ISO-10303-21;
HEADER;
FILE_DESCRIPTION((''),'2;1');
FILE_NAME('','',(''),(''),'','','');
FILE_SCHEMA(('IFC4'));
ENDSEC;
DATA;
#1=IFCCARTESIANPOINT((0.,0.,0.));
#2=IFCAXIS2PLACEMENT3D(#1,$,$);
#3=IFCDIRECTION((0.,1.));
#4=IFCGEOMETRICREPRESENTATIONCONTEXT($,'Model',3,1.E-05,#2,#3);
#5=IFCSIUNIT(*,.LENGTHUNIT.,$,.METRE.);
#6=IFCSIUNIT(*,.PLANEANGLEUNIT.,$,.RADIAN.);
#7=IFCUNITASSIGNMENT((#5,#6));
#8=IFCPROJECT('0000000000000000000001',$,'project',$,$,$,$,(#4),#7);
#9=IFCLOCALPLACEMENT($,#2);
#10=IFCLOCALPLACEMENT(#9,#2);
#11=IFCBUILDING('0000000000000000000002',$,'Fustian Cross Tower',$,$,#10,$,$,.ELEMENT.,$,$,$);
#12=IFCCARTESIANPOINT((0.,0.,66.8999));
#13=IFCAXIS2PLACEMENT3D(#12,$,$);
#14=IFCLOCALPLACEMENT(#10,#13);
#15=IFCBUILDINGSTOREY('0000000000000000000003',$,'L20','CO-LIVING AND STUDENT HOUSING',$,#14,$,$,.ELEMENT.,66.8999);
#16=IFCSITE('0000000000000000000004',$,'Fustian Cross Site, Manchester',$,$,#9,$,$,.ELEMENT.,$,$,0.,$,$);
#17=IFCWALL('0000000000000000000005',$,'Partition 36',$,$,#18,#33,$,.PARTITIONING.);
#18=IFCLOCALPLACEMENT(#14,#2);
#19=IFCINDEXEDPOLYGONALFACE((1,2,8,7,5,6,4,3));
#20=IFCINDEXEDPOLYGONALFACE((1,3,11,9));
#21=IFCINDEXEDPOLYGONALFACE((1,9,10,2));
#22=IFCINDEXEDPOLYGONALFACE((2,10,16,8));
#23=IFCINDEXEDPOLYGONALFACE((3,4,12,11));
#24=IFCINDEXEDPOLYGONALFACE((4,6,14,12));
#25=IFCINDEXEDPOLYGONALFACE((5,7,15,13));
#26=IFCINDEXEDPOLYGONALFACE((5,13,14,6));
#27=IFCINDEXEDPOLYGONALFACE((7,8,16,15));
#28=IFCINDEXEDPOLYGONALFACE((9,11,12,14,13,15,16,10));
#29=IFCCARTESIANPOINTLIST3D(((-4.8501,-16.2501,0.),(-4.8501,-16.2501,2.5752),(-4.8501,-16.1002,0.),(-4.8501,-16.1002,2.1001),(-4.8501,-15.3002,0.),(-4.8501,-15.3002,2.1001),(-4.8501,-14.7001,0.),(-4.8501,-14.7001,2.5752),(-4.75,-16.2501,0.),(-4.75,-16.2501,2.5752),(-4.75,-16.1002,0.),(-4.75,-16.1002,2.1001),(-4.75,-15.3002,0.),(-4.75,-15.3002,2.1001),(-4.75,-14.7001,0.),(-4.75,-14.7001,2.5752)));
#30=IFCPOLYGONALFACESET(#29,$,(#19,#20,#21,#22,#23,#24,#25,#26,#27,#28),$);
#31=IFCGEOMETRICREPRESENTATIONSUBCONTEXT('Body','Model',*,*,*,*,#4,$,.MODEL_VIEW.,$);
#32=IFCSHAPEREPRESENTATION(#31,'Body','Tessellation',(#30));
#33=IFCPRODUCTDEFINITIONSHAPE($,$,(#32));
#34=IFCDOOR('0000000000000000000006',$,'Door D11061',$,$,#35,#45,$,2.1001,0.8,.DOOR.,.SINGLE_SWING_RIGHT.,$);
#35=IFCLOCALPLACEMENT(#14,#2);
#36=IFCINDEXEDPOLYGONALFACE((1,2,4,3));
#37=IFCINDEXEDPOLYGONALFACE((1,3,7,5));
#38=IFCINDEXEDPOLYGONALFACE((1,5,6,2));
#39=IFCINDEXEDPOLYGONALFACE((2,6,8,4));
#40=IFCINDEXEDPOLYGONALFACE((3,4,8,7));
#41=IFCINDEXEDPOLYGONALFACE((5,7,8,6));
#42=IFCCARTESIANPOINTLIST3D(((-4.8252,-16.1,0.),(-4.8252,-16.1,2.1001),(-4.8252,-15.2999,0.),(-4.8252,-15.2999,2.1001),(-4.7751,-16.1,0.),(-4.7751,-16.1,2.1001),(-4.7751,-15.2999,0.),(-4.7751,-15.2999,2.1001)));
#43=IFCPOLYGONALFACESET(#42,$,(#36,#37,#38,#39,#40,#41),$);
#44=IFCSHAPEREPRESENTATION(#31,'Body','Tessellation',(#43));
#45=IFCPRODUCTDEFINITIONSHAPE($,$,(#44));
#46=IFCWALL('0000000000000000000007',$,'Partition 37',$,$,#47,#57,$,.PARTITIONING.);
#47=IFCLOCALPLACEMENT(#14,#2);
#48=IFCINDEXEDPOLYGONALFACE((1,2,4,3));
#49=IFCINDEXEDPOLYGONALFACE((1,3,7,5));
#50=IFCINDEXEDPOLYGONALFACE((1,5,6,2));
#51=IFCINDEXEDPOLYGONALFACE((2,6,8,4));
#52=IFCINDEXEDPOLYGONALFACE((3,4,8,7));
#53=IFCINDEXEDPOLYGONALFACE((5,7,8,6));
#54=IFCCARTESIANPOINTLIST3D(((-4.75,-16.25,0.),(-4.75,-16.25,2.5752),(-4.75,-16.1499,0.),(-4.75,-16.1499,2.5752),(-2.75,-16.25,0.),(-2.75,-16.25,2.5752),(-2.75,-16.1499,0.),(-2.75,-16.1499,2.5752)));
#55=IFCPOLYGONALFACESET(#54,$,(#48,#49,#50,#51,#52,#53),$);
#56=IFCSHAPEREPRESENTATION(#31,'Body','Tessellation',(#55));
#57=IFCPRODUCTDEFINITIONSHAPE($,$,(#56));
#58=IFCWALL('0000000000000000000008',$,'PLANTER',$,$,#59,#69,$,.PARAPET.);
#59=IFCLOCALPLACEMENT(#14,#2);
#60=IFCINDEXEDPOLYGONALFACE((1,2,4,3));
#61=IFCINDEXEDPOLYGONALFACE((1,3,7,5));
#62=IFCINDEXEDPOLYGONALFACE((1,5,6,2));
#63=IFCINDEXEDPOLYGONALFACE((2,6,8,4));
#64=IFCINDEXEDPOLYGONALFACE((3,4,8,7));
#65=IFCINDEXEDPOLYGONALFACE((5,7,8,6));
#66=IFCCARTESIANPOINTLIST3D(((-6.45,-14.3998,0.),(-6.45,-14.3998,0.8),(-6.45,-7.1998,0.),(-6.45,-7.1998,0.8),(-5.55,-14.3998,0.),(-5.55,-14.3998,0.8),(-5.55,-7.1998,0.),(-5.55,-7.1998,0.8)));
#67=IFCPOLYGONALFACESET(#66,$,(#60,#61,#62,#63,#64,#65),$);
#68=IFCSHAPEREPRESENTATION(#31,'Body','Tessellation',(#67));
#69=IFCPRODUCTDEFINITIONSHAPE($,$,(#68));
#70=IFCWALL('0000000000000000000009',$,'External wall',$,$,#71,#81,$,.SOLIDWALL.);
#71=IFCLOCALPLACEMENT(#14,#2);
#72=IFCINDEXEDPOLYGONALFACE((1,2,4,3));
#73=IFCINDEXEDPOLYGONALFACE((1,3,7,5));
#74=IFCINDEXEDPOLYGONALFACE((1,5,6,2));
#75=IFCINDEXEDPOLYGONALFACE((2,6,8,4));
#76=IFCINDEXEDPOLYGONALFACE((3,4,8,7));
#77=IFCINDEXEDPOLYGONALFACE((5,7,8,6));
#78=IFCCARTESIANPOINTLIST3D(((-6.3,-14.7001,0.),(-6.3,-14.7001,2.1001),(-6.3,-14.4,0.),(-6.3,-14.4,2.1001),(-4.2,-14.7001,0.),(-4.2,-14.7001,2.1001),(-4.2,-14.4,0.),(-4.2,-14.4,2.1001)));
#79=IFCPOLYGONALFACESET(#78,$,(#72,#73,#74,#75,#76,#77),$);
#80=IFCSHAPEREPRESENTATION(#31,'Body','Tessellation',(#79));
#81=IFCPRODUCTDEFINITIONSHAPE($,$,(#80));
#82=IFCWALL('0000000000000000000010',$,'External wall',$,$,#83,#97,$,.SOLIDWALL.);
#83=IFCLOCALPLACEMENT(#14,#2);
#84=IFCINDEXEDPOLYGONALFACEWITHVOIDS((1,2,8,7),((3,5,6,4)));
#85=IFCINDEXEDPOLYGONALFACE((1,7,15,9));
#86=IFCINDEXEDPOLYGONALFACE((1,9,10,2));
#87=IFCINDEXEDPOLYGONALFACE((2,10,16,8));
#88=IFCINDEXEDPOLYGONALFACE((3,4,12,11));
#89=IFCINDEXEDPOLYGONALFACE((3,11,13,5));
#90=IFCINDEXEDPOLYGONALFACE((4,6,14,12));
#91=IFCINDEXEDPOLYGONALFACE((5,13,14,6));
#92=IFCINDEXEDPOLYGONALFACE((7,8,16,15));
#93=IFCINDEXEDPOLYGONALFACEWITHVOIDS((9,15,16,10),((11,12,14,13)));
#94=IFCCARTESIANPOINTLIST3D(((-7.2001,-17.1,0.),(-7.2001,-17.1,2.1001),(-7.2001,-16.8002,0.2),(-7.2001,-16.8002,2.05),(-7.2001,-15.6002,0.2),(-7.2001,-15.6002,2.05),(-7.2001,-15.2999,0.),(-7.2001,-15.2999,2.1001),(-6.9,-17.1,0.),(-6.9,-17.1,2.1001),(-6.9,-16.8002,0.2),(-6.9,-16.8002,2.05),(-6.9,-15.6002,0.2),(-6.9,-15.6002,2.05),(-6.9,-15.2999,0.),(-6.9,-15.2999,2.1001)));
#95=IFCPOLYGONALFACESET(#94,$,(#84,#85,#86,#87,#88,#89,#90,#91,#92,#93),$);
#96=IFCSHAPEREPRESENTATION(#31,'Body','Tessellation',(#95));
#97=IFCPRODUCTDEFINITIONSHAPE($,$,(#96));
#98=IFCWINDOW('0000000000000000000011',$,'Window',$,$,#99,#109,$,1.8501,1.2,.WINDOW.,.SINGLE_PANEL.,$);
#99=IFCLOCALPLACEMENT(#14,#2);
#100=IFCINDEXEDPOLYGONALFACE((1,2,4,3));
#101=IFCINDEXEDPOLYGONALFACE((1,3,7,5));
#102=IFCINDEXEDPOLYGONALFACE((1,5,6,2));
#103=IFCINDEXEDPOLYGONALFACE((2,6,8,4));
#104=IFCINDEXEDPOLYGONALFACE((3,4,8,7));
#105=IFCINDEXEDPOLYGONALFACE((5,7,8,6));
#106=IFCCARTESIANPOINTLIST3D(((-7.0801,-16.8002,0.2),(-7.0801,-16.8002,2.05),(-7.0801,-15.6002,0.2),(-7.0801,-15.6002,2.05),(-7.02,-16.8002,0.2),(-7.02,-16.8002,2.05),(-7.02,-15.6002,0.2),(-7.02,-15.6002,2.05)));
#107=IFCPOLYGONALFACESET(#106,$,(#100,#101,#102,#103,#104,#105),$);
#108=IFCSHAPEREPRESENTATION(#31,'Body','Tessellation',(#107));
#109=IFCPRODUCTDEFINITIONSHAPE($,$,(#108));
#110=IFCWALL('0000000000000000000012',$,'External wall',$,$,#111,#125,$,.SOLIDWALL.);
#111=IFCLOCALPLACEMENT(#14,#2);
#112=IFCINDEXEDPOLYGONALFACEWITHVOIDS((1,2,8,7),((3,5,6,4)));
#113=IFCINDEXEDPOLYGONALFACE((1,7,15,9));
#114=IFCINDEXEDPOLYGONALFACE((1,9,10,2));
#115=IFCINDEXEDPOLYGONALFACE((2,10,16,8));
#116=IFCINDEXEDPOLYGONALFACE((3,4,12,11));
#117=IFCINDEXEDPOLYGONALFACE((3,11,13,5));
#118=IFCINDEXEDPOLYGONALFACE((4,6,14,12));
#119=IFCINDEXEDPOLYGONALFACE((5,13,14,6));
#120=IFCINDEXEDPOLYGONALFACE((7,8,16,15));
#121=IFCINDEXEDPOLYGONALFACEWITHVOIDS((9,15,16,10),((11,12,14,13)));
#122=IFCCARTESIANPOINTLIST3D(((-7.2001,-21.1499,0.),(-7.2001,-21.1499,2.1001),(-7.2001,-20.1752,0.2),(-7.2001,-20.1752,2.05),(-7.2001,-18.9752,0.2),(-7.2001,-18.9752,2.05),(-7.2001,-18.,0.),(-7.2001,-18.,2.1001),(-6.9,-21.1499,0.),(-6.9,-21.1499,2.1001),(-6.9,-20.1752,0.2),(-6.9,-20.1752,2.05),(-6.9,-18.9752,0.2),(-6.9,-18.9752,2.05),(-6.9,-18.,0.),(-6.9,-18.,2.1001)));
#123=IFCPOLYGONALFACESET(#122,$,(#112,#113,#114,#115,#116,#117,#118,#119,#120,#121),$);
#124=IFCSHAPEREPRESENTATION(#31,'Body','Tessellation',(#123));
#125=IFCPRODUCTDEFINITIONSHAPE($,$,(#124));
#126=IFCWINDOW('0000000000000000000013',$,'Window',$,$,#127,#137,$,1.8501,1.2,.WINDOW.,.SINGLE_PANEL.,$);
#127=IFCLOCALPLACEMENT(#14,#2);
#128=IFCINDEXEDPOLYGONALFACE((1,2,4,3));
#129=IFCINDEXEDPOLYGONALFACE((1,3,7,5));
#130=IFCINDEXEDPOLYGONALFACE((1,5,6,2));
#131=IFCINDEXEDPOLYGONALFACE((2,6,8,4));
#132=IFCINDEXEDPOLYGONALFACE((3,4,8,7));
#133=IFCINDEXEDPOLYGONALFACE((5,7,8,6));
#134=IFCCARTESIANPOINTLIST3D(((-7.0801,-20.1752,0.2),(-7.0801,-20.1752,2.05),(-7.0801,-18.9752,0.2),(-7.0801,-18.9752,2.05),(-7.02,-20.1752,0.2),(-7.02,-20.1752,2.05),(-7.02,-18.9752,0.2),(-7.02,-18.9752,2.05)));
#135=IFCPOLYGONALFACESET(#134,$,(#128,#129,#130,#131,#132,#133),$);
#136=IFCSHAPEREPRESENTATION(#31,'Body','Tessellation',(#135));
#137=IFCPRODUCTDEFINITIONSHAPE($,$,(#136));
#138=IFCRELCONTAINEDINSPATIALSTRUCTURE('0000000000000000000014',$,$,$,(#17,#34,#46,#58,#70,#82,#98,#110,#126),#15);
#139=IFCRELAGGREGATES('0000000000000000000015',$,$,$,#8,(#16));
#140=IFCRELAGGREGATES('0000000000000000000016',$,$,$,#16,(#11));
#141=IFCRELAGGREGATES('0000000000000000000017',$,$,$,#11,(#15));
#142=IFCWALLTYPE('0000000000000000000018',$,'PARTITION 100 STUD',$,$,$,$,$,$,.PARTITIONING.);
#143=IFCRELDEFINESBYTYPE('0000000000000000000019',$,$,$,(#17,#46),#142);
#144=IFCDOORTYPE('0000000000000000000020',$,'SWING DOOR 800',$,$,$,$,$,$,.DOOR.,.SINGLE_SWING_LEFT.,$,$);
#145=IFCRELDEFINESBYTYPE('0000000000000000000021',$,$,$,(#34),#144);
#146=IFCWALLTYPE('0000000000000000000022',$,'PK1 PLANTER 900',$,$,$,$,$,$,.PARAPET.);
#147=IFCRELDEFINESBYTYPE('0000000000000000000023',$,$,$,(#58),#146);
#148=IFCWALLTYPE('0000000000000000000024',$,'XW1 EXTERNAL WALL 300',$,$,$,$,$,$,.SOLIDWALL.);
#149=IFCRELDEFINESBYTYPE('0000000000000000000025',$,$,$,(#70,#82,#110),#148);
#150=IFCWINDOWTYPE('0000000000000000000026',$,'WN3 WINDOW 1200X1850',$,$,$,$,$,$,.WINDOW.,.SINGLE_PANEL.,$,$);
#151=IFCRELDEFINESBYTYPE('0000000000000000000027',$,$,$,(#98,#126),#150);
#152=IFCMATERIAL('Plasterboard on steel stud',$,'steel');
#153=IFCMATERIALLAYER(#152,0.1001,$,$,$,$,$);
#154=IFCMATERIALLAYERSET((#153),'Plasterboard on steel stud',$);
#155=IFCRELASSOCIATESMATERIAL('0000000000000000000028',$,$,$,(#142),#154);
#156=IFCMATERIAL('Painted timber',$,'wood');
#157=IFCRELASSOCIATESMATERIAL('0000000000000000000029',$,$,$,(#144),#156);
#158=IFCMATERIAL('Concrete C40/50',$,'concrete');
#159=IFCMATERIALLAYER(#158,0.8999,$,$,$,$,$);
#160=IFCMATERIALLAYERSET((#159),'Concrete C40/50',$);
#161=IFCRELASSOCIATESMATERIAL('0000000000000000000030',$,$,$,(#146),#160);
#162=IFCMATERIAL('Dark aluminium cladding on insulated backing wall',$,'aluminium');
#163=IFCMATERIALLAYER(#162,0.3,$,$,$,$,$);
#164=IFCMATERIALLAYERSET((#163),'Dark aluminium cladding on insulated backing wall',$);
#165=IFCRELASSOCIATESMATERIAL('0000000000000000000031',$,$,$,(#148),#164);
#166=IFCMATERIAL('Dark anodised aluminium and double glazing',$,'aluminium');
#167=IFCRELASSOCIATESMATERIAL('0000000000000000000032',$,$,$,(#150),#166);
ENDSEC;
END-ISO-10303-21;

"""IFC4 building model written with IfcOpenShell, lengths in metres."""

from ifc_helpers import new_model, si_unit, direction, frame, frame_2d, origin, place, context, subcontext, project, spatial, rectangle, extrude, material, layer, layer_set, type_object, element, fill, save


model = new_model("IFC4")

# Units and contexts
model_context = context("Model", 3, precision=1e-05, world=origin(), true_north=direction((0.0, 1.0)))
body_context = subcontext(model_context, "Body", "Model", "MODEL_VIEW")
ifc_project = project(units=[si_unit("LENGTHUNIT", "METRE"), si_unit("PLANEANGLEUNIT", "RADIAN")], contexts=[model_context])

# Site, building, storey
site_placement = place(None, origin())
site = spatial("IfcSite", under=ifc_project, at=site_placement, Name="Fustian Cross Site, Manchester", CompositionType="ELEMENT", RefElevation=0.0)
building_placement = place(site_placement, origin())
building = spatial("IfcBuilding", under=site, at=building_placement, Name="Fustian Cross Tower", CompositionType="ELEMENT")
storey_placement = place(building_placement, frame((0.0, 0.0, 66.8999)))
storey = spatial("IfcBuildingStorey", under=building, at=storey_placement, Name="L20", Description="CO-LIVING AND STUDENT HOUSING", CompositionType="ELEMENT", Elevation=66.8999)

# Shared definitions
ifc_material_1 = material(Name="Plasterboard on steel stud", Category="steel")
ifc_layer_1 = layer(ifc_material_1, 0.1001)
ifc_layer_set_1 = layer_set([ifc_layer_1], Name="Plasterboard on steel stud")
wall_type_1 = type_object("IfcWallType", Name="PARTITION 100 STUD", PredefinedType="PARTITIONING", material=ifc_layer_set_1)

# Wall, opening, door
ifc_material_2 = material(Name="Painted timber", Category="wood")
door_type = type_object("IfcDoorType", Name="SWING DOOR 800", OperationType="SINGLE_SWING_LEFT", PredefinedType="DOOR", material=ifc_material_2)
wall_1_placement = place(storey_placement, frame((-4.8, -16.25, 0.0), z_axis=(0.0, 0.0, 1.0), x_axis=(0.0, 1.0, 0.0)))
wall_1 = element("IfcWall", 1, at=wall_1_placement, inside=storey, type_object=wall_type_1, Name="Partition 36", PredefinedType="PARTITIONING", context=body_context, shape_type="SweptSolid", body=[
    extrude(rectangle(XDim=1.55, YDim=0.1001, at=frame_2d((0.7749, 0.0))), origin(), (0.0, 0.0, 1.0), 2.5752),
])
opening_1_placement = place(wall_1_placement, frame((0.1499, 0.0, 0.0)))
opening_1 = element("IfcOpeningElement", 2, at=opening_1_placement, cuts=wall_1, PredefinedType="OPENING", context=body_context, shape_type="SweptSolid", body=[
    extrude(rectangle(XDim=0.8, YDim=2.1001, at=frame_2d((0.3999, 1.05))), frame((0.0, 0.0601, 0.0), z_axis=(0.0, -1.0, 0.0), x_axis=(1.0, 0.0, 0.0)), (0.0, 0.0, 1.0), 0.1201),
])
door_1_placement = place(opening_1_placement, frame((0.8, 0.0, 0.0), z_axis=(0.0, 0.0, 1.0), x_axis=(-1.0, 0.0, 0.0)))
door_1 = element("IfcDoor", 3, at=door_1_placement, inside=storey, type_object=door_type, Name="Door D11061", OperationType="SINGLE_SWING_RIGHT", OverallHeight=2.1001, OverallWidth=0.8, PredefinedType="DOOR", context=body_context, shape_type="SweptSolid", body=[
    extrude(rectangle(XDim=0.8, YDim=2.1001, at=frame_2d((0.3999, 1.05))), frame((0.0, 0.0249, 0.0), z_axis=(0.0, -1.0, 0.0), x_axis=(1.0, 0.0, 0.0)), (0.0, 0.0, 1.0), 0.05),
])
fill(opening_1, door_1)

# Walls
wall_2_placement = place(storey_placement, frame((-4.75, -16.2, 0.0), z_axis=(0.0, 0.0, 1.0), x_axis=(1.0, 0.0, 0.0)))
element("IfcWall", 4, at=wall_2_placement, inside=storey, type_object=wall_type_1, Name="Partition 37", PredefinedType="PARTITIONING", context=body_context, shape_type="SweptSolid", body=[
    extrude(rectangle(XDim=2.0, YDim=0.1001, at=frame_2d((1.0, 0.0))), origin(), (0.0, 0.0, 1.0), 2.5752),
])
ifc_material_3 = material(Name="Concrete C40/50", Category="concrete")
ifc_layer_2 = layer(ifc_material_3, 0.8999)
ifc_layer_set_2 = layer_set([ifc_layer_2], Name="Concrete C40/50")
wall_type_2 = type_object("IfcWallType", Name="PK1 PLANTER 900", PredefinedType="PARAPET", material=ifc_layer_set_2)
wall_3_placement = place(storey_placement, frame((-6.0, -14.3999, 0.0), z_axis=(0.0, 0.0, 1.0), x_axis=(0.0, 1.0, 0.0)))
element("IfcWall", 5, at=wall_3_placement, inside=storey, type_object=wall_type_2, Name="PLANTER", PredefinedType="PARAPET", context=body_context, shape_type="SweptSolid", body=[
    extrude(rectangle(XDim=7.2, YDim=0.8999, at=frame_2d((3.6001, 0.0))), origin(), (0.0, 0.0, 1.0), 0.8),
])
ifc_material_4 = material(Name="Dark aluminium cladding on insulated backing wall", Category="aluminium")
ifc_layer_3 = layer(ifc_material_4, 0.3)
ifc_layer_set_3 = layer_set([ifc_layer_3], Name="Dark aluminium cladding on insulated backing wall")
wall_type_3 = type_object("IfcWallType", Name="XW1 EXTERNAL WALL 300", PredefinedType="SOLIDWALL", material=ifc_layer_set_3)
wall_4_placement = place(storey_placement, frame((-4.2, -14.55, 0.0), z_axis=(0.0, 0.0, 1.0), x_axis=(-1.0, 0.0, 0.0)))
element("IfcWall", 6, at=wall_4_placement, inside=storey, type_object=wall_type_3, Name="External wall", PredefinedType="SOLIDWALL", context=body_context, shape_type="SweptSolid", body=[
    extrude(rectangle(XDim=2.1001, YDim=0.3, at=frame_2d((1.05, 0.0))), origin(), (0.0, 0.0, 1.0), 2.1001),
])

# Walls, openings, windows
wall_5_placement = place(storey_placement, frame((-7.05, -15.3, 0.0), z_axis=(0.0, 0.0, 1.0), x_axis=(0.0, -1.0, 0.0)))
wall_5 = element("IfcWall", 7, at=wall_5_placement, inside=storey, type_object=wall_type_3, Name="External wall", PredefinedType="SOLIDWALL", context=body_context, shape_type="SweptSolid", body=[
    extrude(rectangle(XDim=1.8, YDim=0.3, at=frame_2d((0.8999, 0.0))), origin(), (0.0, 0.0, 1.0), 2.1001),
])
opening_2_placement = place(wall_5_placement, frame((0.3, 0.0, 0.2)))
opening_2 = element("IfcOpeningElement", 8, at=opening_2_placement, cuts=wall_5, PredefinedType="OPENING", context=body_context, shape_type="SweptSolid", body=[
    extrude(rectangle(XDim=1.2, YDim=1.8501, at=frame_2d((0.6001, 0.925))), frame((0.0, 0.1599, 0.0), z_axis=(0.0, -1.0, 0.0), x_axis=(1.0, 0.0, 0.0)), (0.0, 0.0, 1.0), 0.3201),
])
ifc_material_5 = material(Name="Dark anodised aluminium and double glazing", Category="aluminium")
window_type = type_object("IfcWindowType", Name="WN3 WINDOW 1200X1850", PartitioningType="SINGLE_PANEL", PredefinedType="WINDOW", material=ifc_material_5)
window_1_placement = place(opening_2_placement, origin())
window_1 = element("IfcWindow", 9, at=window_1_placement, inside=storey, type_object=window_type, Name="Window", OverallHeight=1.8501, OverallWidth=1.2, PartitioningType="SINGLE_PANEL", PredefinedType="WINDOW", context=body_context, shape_type="SweptSolid", body=[
    extrude(rectangle(XDim=1.2, YDim=1.8501, at=frame_2d((0.6001, 0.925))), frame((0.0, 0.03, 0.0), z_axis=(0.0, -1.0, 0.0), x_axis=(1.0, 0.0, 0.0)), (0.0, 0.0, 1.0), 0.0601),
])
fill(opening_2, window_1)
wall_6_placement = place(storey_placement, frame((-7.05, -18.0, 0.0), z_axis=(0.0, 0.0, 1.0), x_axis=(0.0, -1.0, 0.0)))
wall_6 = element("IfcWall", 10, at=wall_6_placement, inside=storey, type_object=wall_type_3, Name="External wall", PredefinedType="SOLIDWALL", context=body_context, shape_type="SweptSolid", body=[
    extrude(rectangle(XDim=3.1499, YDim=0.3, at=frame_2d((1.575, 0.0))), origin(), (0.0, 0.0, 1.0), 2.1001),
])
opening_3_placement = place(wall_6_placement, frame((0.9751, 0.0, 0.2)))
opening_3 = element("IfcOpeningElement", 11, at=opening_3_placement, cuts=wall_6, PredefinedType="OPENING", context=body_context, shape_type="SweptSolid", body=[
    extrude(rectangle(XDim=1.2, YDim=1.8501, at=frame_2d((0.6001, 0.925))), frame((0.0, 0.1599, 0.0), z_axis=(0.0, -1.0, 0.0), x_axis=(1.0, 0.0, 0.0)), (0.0, 0.0, 1.0), 0.3201),
])
window_2_placement = place(opening_3_placement, origin())
window_2 = element("IfcWindow", 12, at=window_2_placement, inside=storey, type_object=window_type, Name="Window", OverallHeight=1.8501, OverallWidth=1.2, PartitioningType="SINGLE_PANEL", PredefinedType="WINDOW", context=body_context, shape_type="SweptSolid", body=[
    extrude(rectangle(XDim=1.2, YDim=1.8501, at=frame_2d((0.6001, 0.925))), frame((0.0, 0.03, 0.0), z_axis=(0.0, -1.0, 0.0), x_axis=(1.0, 0.0, 0.0)), (0.0, 0.0, 1.0), 0.0601),
])
fill(opening_3, window_2)

save(model, "model.ifc")
